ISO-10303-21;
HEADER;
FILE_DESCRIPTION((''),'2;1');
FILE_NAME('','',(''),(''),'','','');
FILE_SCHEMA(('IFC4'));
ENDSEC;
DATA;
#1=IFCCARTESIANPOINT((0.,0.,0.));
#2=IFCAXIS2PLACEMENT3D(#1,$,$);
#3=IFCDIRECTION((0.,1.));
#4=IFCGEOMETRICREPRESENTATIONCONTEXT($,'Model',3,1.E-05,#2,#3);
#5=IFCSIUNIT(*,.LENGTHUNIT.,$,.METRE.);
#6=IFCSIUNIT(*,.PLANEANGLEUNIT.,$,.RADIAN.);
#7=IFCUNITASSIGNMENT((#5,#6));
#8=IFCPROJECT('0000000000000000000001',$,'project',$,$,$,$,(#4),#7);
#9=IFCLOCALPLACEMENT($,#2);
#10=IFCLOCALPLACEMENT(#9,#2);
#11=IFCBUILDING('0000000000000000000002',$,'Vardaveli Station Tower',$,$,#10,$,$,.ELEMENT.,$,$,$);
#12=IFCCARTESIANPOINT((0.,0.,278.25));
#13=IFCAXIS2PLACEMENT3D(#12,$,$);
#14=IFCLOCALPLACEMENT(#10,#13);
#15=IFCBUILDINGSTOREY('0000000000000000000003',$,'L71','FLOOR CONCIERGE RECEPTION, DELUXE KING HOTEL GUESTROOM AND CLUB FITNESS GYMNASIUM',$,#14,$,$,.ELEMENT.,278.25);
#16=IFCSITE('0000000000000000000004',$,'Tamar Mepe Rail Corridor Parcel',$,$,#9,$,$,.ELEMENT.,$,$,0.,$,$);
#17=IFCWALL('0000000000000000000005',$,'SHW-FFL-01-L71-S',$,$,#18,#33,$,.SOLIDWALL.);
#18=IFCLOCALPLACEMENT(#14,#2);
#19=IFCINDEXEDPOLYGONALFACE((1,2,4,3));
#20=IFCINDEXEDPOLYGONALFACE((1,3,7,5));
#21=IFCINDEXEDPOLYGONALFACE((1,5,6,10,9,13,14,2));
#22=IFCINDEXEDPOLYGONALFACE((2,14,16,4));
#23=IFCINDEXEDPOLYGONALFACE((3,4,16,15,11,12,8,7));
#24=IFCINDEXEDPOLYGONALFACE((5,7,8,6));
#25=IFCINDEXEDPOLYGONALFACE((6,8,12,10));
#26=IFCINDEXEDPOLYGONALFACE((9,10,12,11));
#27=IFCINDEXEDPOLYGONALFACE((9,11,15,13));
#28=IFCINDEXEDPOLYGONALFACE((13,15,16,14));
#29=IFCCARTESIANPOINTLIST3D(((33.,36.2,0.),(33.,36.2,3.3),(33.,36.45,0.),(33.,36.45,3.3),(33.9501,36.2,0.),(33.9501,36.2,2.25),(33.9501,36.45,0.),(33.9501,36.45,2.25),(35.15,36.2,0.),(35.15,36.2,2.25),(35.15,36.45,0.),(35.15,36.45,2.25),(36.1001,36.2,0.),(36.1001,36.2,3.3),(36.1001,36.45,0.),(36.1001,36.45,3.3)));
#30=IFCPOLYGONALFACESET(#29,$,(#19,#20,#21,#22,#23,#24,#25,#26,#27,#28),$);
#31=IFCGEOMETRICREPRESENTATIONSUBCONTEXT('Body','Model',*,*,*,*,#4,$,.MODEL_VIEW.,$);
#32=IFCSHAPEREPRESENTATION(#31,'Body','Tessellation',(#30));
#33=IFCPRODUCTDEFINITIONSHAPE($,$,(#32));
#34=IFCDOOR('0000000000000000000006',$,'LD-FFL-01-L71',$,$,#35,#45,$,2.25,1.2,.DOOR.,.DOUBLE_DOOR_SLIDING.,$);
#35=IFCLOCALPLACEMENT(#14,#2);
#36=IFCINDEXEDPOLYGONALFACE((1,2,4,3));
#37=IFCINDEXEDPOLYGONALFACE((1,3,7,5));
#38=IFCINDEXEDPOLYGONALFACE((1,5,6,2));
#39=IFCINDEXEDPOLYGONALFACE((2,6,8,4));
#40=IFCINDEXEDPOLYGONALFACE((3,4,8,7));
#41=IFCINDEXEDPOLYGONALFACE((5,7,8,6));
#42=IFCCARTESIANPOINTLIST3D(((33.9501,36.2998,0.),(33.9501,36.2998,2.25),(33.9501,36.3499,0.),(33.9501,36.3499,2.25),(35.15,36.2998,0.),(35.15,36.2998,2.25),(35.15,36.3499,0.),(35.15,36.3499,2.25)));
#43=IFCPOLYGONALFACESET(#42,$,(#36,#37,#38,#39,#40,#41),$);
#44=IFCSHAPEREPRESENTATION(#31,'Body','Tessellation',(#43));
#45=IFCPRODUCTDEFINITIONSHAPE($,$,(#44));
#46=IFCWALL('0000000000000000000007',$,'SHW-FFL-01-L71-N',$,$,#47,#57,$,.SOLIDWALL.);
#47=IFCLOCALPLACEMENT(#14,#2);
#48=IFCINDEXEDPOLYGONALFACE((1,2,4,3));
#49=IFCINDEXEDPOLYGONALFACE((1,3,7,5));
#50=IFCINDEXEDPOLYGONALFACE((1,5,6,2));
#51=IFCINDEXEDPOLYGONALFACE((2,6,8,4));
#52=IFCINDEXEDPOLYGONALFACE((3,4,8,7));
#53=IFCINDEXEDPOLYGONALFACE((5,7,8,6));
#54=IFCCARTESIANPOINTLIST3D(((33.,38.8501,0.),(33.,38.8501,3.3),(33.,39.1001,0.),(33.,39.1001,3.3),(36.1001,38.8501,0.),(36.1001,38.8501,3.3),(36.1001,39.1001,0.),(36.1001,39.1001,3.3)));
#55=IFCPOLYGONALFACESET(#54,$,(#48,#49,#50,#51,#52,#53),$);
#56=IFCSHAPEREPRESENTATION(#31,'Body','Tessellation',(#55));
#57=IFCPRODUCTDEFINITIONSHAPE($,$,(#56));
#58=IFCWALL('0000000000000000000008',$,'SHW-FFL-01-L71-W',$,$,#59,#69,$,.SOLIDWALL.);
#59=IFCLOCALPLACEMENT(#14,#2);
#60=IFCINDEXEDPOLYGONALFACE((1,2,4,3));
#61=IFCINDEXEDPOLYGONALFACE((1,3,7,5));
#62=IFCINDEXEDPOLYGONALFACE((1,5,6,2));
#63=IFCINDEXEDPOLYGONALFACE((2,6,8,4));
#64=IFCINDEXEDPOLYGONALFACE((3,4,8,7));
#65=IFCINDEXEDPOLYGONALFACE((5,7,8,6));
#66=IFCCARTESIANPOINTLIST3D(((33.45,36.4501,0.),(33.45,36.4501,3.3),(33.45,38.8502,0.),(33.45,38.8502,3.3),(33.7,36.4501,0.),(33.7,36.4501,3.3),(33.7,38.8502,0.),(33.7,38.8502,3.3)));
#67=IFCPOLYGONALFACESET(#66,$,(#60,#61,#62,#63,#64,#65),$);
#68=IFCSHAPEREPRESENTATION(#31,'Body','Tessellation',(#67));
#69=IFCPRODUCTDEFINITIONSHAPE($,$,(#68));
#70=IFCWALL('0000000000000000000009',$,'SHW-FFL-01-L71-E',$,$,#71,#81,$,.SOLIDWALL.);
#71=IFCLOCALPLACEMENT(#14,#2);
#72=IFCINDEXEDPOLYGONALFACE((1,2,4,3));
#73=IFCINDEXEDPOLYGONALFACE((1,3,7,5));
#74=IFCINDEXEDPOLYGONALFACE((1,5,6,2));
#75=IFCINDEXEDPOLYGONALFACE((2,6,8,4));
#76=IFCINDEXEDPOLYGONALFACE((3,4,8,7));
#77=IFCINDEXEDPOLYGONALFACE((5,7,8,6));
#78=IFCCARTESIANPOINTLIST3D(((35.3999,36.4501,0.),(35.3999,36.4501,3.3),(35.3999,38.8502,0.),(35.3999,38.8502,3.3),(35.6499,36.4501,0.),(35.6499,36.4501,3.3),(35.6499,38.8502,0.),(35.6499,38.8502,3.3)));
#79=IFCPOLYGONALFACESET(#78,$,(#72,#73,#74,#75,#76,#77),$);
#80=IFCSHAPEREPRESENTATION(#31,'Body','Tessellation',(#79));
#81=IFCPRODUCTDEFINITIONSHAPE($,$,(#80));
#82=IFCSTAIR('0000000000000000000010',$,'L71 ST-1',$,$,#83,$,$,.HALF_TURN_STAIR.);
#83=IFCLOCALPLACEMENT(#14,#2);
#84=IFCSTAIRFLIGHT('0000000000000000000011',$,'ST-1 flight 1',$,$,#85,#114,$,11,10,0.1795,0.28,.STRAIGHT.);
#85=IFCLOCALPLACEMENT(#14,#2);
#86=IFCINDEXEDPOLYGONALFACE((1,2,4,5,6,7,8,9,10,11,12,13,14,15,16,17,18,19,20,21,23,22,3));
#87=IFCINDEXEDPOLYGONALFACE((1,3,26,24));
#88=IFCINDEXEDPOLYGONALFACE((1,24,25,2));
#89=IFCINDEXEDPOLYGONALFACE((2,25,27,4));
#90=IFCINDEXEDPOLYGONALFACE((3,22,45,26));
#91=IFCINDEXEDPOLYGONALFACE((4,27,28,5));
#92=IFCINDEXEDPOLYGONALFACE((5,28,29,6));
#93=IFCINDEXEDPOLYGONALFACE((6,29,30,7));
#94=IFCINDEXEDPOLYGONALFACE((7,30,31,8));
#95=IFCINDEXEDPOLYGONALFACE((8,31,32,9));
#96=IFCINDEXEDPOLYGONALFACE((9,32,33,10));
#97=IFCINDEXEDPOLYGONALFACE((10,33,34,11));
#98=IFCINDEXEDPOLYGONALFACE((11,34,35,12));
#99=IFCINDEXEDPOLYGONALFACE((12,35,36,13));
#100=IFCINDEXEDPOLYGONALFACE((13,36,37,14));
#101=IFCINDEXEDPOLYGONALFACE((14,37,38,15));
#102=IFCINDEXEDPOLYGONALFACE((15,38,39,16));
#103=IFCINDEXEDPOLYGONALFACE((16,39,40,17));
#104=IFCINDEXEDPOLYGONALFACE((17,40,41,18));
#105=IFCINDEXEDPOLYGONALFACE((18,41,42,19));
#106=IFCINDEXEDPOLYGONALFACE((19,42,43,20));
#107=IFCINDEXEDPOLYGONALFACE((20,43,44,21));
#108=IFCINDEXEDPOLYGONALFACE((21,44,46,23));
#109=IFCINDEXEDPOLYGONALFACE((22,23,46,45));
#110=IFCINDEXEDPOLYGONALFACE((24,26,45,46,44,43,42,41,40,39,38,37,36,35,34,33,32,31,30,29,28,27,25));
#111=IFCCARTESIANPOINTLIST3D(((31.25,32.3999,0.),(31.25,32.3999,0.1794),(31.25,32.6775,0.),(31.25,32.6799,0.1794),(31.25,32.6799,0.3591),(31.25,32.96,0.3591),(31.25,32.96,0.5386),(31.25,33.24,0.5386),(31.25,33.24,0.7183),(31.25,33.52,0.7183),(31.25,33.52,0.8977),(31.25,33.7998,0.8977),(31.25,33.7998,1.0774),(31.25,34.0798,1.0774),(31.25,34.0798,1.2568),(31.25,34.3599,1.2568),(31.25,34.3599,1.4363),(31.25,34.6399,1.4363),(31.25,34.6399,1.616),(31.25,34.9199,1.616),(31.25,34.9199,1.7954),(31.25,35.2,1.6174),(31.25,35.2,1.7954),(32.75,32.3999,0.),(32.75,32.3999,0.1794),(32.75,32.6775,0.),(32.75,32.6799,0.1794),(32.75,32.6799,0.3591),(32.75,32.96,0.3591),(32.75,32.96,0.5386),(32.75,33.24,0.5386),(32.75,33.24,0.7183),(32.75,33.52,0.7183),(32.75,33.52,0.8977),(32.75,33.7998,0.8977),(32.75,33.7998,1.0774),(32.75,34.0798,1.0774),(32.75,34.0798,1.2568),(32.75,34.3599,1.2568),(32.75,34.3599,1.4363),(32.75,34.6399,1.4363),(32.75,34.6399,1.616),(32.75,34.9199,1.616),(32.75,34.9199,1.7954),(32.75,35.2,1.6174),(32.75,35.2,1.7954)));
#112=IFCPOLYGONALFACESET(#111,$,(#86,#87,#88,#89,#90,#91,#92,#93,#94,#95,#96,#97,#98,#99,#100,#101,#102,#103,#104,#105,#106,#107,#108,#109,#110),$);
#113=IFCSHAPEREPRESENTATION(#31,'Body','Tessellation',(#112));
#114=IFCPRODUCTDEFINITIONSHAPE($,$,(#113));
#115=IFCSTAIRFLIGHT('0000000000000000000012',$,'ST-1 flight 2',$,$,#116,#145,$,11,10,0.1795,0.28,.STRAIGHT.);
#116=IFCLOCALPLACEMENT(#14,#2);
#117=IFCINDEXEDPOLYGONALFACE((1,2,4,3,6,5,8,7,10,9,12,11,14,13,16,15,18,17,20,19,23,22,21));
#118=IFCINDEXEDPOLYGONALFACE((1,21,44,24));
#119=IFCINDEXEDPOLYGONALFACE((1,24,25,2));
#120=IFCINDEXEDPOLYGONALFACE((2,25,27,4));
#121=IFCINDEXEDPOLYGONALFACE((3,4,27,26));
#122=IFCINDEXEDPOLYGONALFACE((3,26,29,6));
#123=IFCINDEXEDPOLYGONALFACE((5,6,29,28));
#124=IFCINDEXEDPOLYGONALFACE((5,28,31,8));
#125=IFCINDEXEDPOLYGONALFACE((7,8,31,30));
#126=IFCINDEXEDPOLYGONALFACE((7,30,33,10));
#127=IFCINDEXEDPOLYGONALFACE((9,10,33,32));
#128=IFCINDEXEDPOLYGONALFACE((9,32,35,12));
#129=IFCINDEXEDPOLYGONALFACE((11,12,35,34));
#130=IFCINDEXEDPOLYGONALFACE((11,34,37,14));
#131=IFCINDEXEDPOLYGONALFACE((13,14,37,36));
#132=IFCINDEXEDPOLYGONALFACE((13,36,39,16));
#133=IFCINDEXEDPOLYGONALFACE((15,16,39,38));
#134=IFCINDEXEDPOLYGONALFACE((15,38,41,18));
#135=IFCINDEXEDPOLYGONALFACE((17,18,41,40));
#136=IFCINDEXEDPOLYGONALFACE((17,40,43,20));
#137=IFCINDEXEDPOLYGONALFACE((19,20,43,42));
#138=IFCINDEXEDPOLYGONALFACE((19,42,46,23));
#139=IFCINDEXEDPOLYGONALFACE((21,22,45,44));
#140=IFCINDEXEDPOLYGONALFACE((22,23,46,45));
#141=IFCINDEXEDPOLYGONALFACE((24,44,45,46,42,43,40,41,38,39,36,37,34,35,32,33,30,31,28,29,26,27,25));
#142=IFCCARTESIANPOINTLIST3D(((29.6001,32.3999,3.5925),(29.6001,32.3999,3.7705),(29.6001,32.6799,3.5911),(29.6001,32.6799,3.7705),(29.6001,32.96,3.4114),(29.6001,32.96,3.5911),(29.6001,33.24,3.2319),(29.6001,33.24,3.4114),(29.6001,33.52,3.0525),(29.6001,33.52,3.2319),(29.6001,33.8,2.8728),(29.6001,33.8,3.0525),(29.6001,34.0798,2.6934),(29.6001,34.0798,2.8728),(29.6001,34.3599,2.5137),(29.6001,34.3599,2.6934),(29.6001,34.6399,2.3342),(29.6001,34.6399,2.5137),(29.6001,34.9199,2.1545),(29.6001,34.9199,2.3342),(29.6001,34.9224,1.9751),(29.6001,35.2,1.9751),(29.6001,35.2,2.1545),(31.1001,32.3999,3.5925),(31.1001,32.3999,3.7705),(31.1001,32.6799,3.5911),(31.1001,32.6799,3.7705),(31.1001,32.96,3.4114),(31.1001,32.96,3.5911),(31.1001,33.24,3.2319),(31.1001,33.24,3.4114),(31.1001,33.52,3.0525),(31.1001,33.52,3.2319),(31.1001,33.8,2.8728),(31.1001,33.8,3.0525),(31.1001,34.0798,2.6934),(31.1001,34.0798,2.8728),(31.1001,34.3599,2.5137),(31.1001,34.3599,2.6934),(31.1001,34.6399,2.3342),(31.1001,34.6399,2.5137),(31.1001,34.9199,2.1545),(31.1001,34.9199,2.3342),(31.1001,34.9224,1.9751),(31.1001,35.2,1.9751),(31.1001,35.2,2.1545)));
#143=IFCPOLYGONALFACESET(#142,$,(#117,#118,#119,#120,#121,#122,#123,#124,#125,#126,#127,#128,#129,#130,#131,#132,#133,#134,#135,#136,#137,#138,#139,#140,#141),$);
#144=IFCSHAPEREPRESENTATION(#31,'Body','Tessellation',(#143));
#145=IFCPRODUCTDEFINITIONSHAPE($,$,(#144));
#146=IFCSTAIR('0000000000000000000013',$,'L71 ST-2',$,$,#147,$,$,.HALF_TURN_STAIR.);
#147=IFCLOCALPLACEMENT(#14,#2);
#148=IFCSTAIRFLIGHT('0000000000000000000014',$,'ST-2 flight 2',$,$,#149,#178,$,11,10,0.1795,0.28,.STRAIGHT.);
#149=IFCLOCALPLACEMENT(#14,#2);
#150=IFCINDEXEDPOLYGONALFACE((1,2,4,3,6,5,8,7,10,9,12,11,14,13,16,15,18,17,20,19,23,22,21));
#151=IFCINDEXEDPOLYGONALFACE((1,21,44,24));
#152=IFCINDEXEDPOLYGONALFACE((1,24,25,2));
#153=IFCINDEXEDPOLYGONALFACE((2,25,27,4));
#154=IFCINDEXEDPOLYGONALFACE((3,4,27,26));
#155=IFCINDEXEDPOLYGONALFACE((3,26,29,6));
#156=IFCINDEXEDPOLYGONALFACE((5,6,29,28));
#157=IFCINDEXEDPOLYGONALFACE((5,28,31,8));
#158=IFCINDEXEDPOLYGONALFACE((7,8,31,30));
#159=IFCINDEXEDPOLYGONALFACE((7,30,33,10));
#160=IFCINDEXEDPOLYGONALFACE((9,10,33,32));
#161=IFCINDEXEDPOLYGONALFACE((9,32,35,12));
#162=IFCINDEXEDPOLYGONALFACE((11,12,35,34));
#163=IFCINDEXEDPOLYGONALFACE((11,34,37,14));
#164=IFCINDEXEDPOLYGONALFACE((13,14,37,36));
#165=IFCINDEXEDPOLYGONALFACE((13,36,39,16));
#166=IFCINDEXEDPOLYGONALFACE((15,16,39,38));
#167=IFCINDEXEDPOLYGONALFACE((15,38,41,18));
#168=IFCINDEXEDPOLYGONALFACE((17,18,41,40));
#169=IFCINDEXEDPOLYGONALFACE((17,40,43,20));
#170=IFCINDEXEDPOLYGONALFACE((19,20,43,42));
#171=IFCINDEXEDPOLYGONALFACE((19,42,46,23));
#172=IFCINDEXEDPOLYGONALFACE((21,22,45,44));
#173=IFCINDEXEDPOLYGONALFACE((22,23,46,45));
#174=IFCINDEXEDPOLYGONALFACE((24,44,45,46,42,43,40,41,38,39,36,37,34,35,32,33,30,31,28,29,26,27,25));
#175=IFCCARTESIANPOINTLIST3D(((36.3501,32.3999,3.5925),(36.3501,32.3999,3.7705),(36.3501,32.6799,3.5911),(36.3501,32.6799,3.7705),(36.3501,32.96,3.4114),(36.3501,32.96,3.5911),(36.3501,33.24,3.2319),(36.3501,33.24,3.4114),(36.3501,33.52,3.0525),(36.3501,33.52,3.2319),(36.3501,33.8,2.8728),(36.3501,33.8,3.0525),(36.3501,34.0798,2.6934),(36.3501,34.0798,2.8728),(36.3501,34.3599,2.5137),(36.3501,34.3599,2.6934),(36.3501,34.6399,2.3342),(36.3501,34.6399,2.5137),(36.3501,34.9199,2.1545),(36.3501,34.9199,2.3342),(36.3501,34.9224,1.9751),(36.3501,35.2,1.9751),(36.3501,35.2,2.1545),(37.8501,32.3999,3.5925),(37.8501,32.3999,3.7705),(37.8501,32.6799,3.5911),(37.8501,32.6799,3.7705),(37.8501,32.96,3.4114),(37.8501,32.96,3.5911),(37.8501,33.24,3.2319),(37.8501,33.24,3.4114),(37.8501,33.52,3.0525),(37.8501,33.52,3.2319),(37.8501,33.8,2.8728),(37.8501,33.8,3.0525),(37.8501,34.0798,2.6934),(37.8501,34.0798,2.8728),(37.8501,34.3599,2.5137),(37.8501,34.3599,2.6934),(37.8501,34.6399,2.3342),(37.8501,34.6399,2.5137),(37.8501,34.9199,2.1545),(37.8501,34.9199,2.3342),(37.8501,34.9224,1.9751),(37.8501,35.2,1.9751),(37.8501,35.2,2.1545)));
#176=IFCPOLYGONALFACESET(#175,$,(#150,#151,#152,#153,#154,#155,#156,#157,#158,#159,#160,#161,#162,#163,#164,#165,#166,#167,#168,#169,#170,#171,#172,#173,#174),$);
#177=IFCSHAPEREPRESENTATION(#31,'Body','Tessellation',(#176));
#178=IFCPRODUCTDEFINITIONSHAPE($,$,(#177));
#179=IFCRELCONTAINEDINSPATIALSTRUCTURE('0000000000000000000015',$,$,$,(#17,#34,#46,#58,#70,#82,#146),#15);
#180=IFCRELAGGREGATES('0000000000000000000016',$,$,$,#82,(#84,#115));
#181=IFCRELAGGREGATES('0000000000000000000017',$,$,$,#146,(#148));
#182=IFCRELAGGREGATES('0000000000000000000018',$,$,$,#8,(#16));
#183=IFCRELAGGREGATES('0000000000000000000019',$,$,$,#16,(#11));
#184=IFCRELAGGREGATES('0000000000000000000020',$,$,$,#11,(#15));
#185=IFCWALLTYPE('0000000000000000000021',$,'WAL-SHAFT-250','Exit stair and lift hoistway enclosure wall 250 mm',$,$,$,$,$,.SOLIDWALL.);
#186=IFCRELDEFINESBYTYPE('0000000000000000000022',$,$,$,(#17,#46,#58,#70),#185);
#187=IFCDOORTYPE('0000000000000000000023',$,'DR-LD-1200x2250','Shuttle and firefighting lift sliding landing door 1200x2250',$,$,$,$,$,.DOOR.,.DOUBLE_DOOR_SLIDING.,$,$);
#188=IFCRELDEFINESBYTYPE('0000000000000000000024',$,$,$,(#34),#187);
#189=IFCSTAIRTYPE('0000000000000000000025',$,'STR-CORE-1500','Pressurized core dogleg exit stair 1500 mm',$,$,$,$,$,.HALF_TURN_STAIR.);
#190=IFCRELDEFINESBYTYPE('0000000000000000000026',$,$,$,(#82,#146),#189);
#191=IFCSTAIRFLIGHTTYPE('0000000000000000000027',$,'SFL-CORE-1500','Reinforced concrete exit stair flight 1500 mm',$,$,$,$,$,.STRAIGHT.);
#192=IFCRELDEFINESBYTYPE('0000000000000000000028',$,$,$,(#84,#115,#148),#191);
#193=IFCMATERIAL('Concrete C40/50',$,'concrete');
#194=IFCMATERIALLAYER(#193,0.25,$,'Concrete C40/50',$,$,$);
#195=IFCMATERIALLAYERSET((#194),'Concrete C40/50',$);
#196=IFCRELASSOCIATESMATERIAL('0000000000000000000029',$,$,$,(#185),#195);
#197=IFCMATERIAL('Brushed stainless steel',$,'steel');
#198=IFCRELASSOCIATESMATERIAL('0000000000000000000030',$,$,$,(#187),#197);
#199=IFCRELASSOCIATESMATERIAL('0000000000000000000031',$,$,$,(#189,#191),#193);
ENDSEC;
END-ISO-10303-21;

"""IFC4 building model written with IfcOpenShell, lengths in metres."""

from ifc_helpers import new_model, si_unit, direction, frame, frame_2d, origin, place, context, subcontext, project, spatial, polyline, rectangle, outline, extrude, source, transform, mapped, material, layer, layer_set, type_object, element, fill, aggregate, save


model = new_model("IFC4")

# Units and contexts
model_context = context("Model", 3, precision=1e-05, world=origin(), true_north=direction((0.0, 1.0)))
body_context = subcontext(model_context, "Body", "Model", "MODEL_VIEW")
ifc_project = project(units=[si_unit("LENGTHUNIT", "METRE"), si_unit("PLANEANGLEUNIT", "RADIAN")], contexts=[model_context])

# Site, building, storey
site_placement = place(None, origin())
site = spatial("IfcSite", under=ifc_project, at=site_placement, Name="Tamar Mepe Rail Corridor Parcel", CompositionType="ELEMENT", RefElevation=0.0)
building_placement = place(site_placement, origin())
building = spatial("IfcBuilding", under=site, at=building_placement, Name="Vardaveli Station Tower", CompositionType="ELEMENT")
storey_placement = place(building_placement, frame((0.0, 0.0, 278.25)))
storey = spatial("IfcBuildingStorey", under=building, at=storey_placement, Name="L71", Description="FLOOR CONCIERGE RECEPTION, DELUXE KING HOTEL GUESTROOM AND CLUB FITNESS GYMNASIUM", CompositionType="ELEMENT", Elevation=278.25)

# Shared definitions
ifc_material_1 = material(Name="Concrete C40/50", Category="concrete")
ifc_layer_1 = layer(ifc_material_1, 0.25, Name="Concrete C40/50")
ifc_layer_set_1 = layer_set([ifc_layer_1], Name="Concrete C40/50")
wall_type_1 = type_object("IfcWallType", Name="WAL-SHAFT-250", Description="Exit stair and lift hoistway enclosure wall 250 mm", PredefinedType="SOLIDWALL", material=ifc_layer_set_1)

# Wall, opening, door
shared_shape_1 = source(origin(), body_context, "Body", "SweptSolid", [
    extrude(rectangle(XDim=3.1001, YDim=0.25, at=frame_2d((1.55, 0.0))), origin(), (0.0, 0.0, 1.0), 3.3),
])
wall_1_placement = place(storey_placement, frame((33.0, 36.325, 0.0), z_axis=(0.0, 0.0, 1.0), x_axis=(1.0, 0.0, 0.0)))
wall_1 = element("IfcWall", 1, at=wall_1_placement, inside=storey, type_object=wall_type_1, Name="SHW-FFL-01-L71-S", PredefinedType="SOLIDWALL", context=body_context, shape_type="MappedRepresentation", body=[
    mapped(shared_shape_1, transform((0.0, 0.0, 0.0), scale=1.0)),
])
shared_shape_2 = source(origin(), body_context, "Body", "SweptSolid", [
    extrude(rectangle(XDim=1.2, YDim=2.25, at=frame_2d((0.6001, 1.125))), frame((0.0, 0.135, 0.0), z_axis=(0.0, -1.0, 0.0), x_axis=(1.0, 0.0, 0.0)), (0.0, 0.0, 1.0), 0.27),
])
opening_1_placement = place(wall_1_placement, frame((0.95, 0.0, 0.0)))
opening_1 = element("IfcOpeningElement", 2, at=opening_1_placement, cuts=wall_1, PredefinedType="OPENING", context=body_context, shape_type="MappedRepresentation", body=[
    mapped(shared_shape_2, transform((0.0, 0.0, 0.0), scale=1.0)),
])
ifc_material_2 = material(Name="Brushed stainless steel", Category="steel")
door_type = type_object("IfcDoorType", Name="DR-LD-1200x2250", Description="Shuttle and firefighting lift sliding landing door 1200x2250", OperationType="DOUBLE_DOOR_SLIDING", PredefinedType="DOOR", material=ifc_material_2)
shared_shape_3 = source(origin(), body_context, "Body", "SweptSolid", [
    extrude(rectangle(XDim=1.2, YDim=2.25, at=frame_2d((0.6001, 1.125))), frame((0.0, 0.0249, 0.0), z_axis=(0.0, -1.0, 0.0), x_axis=(1.0, 0.0, 0.0)), (0.0, 0.0, 1.0), 0.05),
])
door_placement = place(opening_1_placement, origin())
door = element("IfcDoor", 3, at=door_placement, inside=storey, type_object=door_type, Name="LD-FFL-01-L71", OperationType="DOUBLE_DOOR_SLIDING", OverallHeight=2.25, OverallWidth=1.2, PredefinedType="DOOR", context=body_context, shape_type="MappedRepresentation", body=[
    mapped(shared_shape_3, transform((0.0, 0.0, 0.0), scale=1.0)),
])
fill(opening_1, door)

# Walls
wall_2_placement = place(storey_placement, frame((33.0, 38.9751, 0.0), z_axis=(0.0, 0.0, 1.0), x_axis=(1.0, 0.0, 0.0)))
element("IfcWall", 4, at=wall_2_placement, inside=storey, type_object=wall_type_1, Name="SHW-FFL-01-L71-N", PredefinedType="SOLIDWALL", context=body_context, shape_type="MappedRepresentation", body=[
    mapped(shared_shape_1, transform((0.0, 0.0, 0.0), scale=1.0)),
])
shared_shape_4 = source(origin(), body_context, "Body", "SweptSolid", [
    extrude(rectangle(XDim=2.4001, YDim=0.25, at=frame_2d((1.2002, 0.0))), origin(), (0.0, 0.0, 1.0), 3.3),
])
for number, where, z_axis, x_axis, name in (
    (5, (33.575, 36.45, 0.0), (0.0, 0.0, 1.0), (0.0, 1.0, 0.0), "SHW-FFL-01-L71-W"),
    (6, (35.5249, 36.45, 0.0), (0.0, 0.0, 1.0), (0.0, 1.0, 0.0), "SHW-FFL-01-L71-E"),
):
    element("IfcWall", number, at=place(storey_placement, frame(where, z_axis=z_axis, x_axis=x_axis)), inside=storey, type_object=wall_type_1, Name=name, PredefinedType="SOLIDWALL", context=body_context, shape_type="MappedRepresentation", body=[
        mapped(shared_shape_4, transform((0.0, 0.0, 0.0), scale=1.0)),
    ])

# Stair, stair flights
stair_type = type_object("IfcStairType", Name="STR-CORE-1500", Description="Pressurized core dogleg exit stair 1500 mm", PredefinedType="HALF_TURN_STAIR", material=ifc_material_1)
stair_1_placement = place(storey_placement, origin())
stair_1 = element("IfcStair", 7, at=stair_1_placement, inside=storey, type_object=stair_type, Name="L71 ST-1", PredefinedType="HALF_TURN_STAIR")
stair_flight_type = type_object("IfcStairFlightType", Name="SFL-CORE-1500", Description="Reinforced concrete exit stair flight 1500 mm", PredefinedType="STRAIGHT", material=ifc_material_1)
shared_shape_5 = source(origin(), body_context, "Body", "SweptSolid", [
    extrude(outline(polyline([(0.0, 0.0), (0.0, 0.1794), (0.28, 0.1794), (0.28, 0.3591), (0.5601, 0.3591), (0.5601, 0.5386), (0.8401, 0.5386), (0.8401, 0.7183), (1.1201, 0.7183), (1.1201, 0.8977), (1.3999, 0.8977), (1.3999, 1.0774), (1.6799, 1.0774), (1.6799, 1.2568), (1.96, 1.2568), (1.96, 1.4363), (2.24, 1.4363), (2.24, 1.616), (2.52, 1.616), (2.52, 1.7954), (2.8, 1.7954), (2.8, 1.9751), (2.8, 1.6174), (0.2776, 0.0), (0.0, 0.0)])), frame((0.0, 0.75, 0.0), z_axis=(0.0, -1.0, 0.0), x_axis=(1.0, 0.0, 0.0)), (0.0, 0.0, 1.0), 1.5),
])
stair_flight_1_placement = place(storey_placement, frame((32.0, 32.3999, 0.0), z_axis=(0.0, 0.0, 1.0), x_axis=(0.0, 1.0, 0.0)))
stair_flight_1 = element("IfcStairFlight", 8, at=stair_flight_1_placement, type_object=stair_flight_type, Name="ST-1 flight 1", NumberOfRisers=11, NumberOfTreads=10, PredefinedType="STRAIGHT", RiserHeight=0.1795, TreadLength=0.28, context=body_context, shape_type="MappedRepresentation", body=[
    mapped(shared_shape_5, transform((0.0, 0.0, 0.0), scale=1.0)),
])
stair_flight_2_placement = place(storey_placement, frame((30.3501, 35.2, 1.9751), z_axis=(0.0, 0.0, 1.0), x_axis=(0.0, -1.0, 0.0)))
stair_flight_2 = element("IfcStairFlight", 9, at=stair_flight_2_placement, type_object=stair_flight_type, Name="ST-1 flight 2", NumberOfRisers=11, NumberOfTreads=10, PredefinedType="STRAIGHT", RiserHeight=0.1795, TreadLength=0.28, context=body_context, shape_type="MappedRepresentation", body=[
    mapped(shared_shape_5, transform((0.0, 0.0, 0.0), scale=1.0)),
])
aggregate(stair_1, [stair_flight_1, stair_flight_2])

# Stair, stair flight
stair_2_placement = place(storey_placement, origin())
stair_2 = element("IfcStair", 10, at=stair_2_placement, inside=storey, type_object=stair_type, Name="L71 ST-2", PredefinedType="HALF_TURN_STAIR")
stair_flight_3_placement = place(storey_placement, frame((37.1001, 35.2, 1.9751), z_axis=(0.0, 0.0, 1.0), x_axis=(0.0, -1.0, 0.0)))
stair_flight_3 = element("IfcStairFlight", 11, at=stair_flight_3_placement, type_object=stair_flight_type, Name="ST-2 flight 2", NumberOfRisers=11, NumberOfTreads=10, PredefinedType="STRAIGHT", RiserHeight=0.1795, TreadLength=0.28, context=body_context, shape_type="MappedRepresentation", body=[
    mapped(shared_shape_5, transform((0.0, 0.0, 0.0), scale=1.0)),
])
aggregate(stair_2, [stair_flight_3])

save(model, "model.ifc")
